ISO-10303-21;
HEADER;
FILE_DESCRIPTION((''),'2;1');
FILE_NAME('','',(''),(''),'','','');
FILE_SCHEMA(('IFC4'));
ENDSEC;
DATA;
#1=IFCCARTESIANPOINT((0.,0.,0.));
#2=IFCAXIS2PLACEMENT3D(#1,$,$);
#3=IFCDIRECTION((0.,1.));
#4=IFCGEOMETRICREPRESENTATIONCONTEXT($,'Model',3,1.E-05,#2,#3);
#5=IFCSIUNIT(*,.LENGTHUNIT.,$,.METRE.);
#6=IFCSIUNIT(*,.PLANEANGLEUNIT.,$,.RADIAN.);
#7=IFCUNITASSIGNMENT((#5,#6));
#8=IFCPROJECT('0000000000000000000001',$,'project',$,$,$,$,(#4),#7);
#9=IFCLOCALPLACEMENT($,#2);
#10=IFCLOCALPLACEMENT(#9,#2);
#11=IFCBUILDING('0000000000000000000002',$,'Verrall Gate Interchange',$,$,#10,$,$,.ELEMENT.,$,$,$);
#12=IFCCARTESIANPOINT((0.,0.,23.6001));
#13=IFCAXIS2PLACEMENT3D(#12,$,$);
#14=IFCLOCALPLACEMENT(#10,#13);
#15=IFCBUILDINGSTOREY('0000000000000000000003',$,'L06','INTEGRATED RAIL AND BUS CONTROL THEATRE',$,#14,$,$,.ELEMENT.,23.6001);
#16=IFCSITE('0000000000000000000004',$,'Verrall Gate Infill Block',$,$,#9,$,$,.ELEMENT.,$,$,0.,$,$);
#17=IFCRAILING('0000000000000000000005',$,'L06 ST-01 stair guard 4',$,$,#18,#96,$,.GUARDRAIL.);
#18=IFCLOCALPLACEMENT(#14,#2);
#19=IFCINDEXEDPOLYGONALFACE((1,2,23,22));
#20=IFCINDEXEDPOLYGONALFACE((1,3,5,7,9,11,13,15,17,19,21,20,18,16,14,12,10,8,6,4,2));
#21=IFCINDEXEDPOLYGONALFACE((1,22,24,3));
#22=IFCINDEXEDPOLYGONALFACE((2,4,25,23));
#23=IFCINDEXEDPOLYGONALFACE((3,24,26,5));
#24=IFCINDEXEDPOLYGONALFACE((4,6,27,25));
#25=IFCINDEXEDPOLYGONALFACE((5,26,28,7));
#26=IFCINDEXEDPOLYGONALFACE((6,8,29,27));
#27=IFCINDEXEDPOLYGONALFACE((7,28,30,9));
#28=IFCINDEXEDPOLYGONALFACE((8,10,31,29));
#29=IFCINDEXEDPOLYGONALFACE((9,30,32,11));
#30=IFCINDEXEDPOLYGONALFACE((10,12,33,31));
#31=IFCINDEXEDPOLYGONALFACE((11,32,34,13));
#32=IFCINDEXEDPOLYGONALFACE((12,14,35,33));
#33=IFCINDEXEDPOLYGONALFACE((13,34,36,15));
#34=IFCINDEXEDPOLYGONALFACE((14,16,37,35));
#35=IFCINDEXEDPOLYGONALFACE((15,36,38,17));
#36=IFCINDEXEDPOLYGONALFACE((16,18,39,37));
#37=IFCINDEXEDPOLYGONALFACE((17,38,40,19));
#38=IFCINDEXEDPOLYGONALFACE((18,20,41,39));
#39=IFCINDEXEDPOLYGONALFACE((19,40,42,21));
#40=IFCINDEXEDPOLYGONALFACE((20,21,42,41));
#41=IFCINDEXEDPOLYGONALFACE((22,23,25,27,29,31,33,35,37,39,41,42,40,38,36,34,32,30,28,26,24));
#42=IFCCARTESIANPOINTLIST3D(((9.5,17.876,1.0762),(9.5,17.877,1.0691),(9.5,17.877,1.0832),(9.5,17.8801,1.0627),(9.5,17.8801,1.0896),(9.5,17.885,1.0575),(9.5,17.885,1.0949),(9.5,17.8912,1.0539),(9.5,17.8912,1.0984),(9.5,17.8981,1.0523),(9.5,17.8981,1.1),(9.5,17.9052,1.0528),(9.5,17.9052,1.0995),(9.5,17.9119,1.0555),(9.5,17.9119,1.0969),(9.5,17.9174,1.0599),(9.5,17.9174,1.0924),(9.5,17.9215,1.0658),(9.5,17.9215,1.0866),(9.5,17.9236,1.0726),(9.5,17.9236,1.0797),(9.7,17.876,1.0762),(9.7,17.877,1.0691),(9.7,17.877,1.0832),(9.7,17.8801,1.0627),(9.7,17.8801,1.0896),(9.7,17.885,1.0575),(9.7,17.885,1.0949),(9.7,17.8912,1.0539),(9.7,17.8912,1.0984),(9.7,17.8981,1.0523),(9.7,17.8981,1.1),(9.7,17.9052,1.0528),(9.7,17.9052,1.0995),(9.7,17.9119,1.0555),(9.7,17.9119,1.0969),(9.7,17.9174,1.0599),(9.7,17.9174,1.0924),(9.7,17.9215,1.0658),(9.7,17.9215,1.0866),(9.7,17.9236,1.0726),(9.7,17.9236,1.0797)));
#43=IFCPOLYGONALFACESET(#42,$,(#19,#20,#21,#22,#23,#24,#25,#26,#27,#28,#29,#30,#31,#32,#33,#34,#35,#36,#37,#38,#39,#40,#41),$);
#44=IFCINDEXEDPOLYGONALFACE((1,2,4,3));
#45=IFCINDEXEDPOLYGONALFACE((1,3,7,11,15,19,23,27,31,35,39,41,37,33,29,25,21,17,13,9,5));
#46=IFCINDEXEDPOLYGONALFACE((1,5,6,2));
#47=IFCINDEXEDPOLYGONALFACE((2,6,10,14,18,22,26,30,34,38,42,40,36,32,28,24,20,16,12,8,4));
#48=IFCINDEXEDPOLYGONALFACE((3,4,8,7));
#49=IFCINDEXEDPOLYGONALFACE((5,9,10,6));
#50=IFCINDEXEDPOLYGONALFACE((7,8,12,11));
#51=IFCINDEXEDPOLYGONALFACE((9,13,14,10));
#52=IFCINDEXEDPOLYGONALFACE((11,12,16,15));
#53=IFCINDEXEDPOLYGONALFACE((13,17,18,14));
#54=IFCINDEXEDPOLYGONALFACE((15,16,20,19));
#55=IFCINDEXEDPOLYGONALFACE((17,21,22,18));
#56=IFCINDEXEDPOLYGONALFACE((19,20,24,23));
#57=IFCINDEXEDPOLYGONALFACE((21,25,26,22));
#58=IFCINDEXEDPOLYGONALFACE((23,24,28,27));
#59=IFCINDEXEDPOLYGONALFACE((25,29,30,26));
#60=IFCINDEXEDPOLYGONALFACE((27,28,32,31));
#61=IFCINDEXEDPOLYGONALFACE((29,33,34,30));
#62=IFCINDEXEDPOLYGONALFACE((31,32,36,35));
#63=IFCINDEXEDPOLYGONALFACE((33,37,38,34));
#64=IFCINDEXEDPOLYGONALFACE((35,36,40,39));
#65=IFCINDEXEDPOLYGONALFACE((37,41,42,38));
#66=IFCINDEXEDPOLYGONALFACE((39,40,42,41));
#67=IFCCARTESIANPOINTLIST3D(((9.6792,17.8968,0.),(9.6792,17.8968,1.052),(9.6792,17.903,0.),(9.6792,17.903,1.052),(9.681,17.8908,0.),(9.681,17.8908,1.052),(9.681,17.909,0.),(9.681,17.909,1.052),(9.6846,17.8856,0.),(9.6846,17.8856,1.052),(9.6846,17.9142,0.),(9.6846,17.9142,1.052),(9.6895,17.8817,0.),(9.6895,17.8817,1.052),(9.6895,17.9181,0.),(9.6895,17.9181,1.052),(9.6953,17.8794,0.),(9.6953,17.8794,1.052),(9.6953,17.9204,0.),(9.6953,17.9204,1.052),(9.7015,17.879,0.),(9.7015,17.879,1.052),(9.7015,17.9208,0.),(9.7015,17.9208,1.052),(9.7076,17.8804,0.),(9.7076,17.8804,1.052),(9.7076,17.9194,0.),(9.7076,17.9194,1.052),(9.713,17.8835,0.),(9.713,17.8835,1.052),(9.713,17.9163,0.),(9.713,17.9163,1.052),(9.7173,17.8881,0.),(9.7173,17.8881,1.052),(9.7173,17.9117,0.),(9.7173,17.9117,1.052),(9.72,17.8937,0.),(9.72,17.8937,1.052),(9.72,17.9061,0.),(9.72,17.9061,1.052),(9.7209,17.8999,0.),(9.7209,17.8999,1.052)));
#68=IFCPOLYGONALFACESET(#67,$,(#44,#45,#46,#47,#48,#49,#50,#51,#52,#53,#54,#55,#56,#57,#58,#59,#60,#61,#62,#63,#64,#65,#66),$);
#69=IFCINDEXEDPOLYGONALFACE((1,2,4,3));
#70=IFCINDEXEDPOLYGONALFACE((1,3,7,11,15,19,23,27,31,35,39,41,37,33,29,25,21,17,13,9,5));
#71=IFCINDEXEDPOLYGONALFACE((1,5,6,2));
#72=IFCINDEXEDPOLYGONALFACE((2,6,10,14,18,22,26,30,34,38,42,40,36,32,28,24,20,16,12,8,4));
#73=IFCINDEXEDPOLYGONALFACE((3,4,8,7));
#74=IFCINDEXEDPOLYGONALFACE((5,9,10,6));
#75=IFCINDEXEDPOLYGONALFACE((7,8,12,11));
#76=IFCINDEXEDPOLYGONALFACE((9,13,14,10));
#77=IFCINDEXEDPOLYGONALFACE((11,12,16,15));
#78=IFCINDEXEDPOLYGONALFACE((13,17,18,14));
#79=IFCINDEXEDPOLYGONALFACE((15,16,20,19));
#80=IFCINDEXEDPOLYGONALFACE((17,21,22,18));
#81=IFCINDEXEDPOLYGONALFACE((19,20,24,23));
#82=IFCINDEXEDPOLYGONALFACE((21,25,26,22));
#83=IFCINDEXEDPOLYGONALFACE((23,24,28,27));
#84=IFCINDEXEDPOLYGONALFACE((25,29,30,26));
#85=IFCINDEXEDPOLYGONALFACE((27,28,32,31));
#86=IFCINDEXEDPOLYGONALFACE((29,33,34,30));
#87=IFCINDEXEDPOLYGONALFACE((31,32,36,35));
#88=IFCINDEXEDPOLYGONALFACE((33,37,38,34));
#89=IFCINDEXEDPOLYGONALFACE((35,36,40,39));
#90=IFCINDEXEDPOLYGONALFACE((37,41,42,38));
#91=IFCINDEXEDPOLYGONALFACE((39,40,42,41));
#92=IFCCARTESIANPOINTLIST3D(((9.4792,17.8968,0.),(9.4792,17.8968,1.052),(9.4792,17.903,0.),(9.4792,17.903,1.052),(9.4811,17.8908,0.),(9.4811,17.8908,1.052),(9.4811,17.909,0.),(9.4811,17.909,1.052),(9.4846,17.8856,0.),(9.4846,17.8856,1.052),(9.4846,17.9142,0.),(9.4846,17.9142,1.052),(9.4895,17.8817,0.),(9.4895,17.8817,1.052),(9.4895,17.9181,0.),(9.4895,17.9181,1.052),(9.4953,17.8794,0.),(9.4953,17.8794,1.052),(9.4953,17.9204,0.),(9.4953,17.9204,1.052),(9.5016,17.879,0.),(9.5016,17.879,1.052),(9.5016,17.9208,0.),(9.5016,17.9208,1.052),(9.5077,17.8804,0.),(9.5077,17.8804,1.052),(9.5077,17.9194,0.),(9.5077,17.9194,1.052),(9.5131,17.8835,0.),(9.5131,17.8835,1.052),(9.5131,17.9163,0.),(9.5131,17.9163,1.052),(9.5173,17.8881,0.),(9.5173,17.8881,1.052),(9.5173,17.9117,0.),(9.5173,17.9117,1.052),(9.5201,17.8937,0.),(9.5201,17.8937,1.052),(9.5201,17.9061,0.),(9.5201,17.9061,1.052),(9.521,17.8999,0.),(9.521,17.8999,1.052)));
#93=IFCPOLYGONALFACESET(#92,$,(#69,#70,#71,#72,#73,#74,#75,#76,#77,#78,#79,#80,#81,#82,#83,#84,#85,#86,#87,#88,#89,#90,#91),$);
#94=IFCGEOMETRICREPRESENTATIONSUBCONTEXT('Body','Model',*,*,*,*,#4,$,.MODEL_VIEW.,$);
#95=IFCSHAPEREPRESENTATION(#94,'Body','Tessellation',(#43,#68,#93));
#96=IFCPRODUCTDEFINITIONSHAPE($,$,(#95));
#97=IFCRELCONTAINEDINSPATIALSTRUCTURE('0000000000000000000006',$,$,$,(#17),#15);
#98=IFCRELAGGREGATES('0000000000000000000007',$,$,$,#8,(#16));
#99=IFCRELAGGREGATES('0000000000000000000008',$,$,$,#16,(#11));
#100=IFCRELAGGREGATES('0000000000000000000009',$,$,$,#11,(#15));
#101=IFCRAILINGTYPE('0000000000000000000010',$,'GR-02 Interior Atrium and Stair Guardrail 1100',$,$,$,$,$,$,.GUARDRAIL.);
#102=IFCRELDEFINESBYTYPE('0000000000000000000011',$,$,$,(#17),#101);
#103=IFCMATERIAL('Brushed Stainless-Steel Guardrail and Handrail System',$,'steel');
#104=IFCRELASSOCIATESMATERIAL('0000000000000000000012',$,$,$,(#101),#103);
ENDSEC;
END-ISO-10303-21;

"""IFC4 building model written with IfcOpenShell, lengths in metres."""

from ifc_helpers import new_model, si_unit, direction, frame, origin, origin_2d, place, context, subcontext, project, spatial, circle, extrude, material, type_object, element, save


model = new_model("IFC4")

# Units and contexts
model_context = context("Model", 3, precision=1e-05, world=origin(), true_north=direction((0.0, 1.0)))
body_context = subcontext(model_context, "Body", "Model", "MODEL_VIEW")
ifc_project = project(units=[si_unit("LENGTHUNIT", "METRE"), si_unit("PLANEANGLEUNIT", "RADIAN")], contexts=[model_context])

# Site, building, storey
site_placement = place(None, origin())
site = spatial("IfcSite", under=ifc_project, at=site_placement, Name="Verrall Gate Infill Block", CompositionType="ELEMENT", RefElevation=0.0)
building_placement = place(site_placement, origin())
building = spatial("IfcBuilding", under=site, at=building_placement, Name="Verrall Gate Interchange", CompositionType="ELEMENT")
storey_placement = place(building_placement, frame((0.0, 0.0, 23.6001)))
storey = spatial("IfcBuildingStorey", under=building, at=storey_placement, Name="L06", Description="INTEGRATED RAIL AND BUS CONTROL THEATRE", CompositionType="ELEMENT", Elevation=23.6001)

# Railing
ifc_material_1 = material(Name="Brushed Stainless-Steel Guardrail and Handrail System", Category="steel")
railing_type_1 = type_object("IfcRailingType", Name="GR-02 Interior Atrium and Stair Guardrail 1100", PredefinedType="GUARDRAIL", material=ifc_material_1)
railing_1_placement = place(storey_placement, frame((9.7, 17.8999, 0.0)))
element("IfcRailing", 1, at=railing_1_placement, inside=storey, type_object=railing_type_1, Name="L06 ST-01 stair guard 4", PredefinedType="GUARDRAIL", context=body_context, shape_type="SweptSolid", body=[
    extrude(circle(Radius=0.0239, at=origin_2d()), frame((0.0, 0.0, 1.0762), z_axis=(-1.0, 0.0, 0.0), x_axis=(0.0, -1.0, 0.0)), (0.0, 0.0, 1.0), 0.2),
    extrude(circle(Radius=0.021, at=origin_2d()), origin(), (0.0, 0.0, 1.0), 1.052),
    extrude(circle(Radius=0.021, at=origin_2d()), frame((-0.2, 0.0, 0.0)), (0.0, 0.0, 1.0), 1.052),
])

save(model, "model.ifc")
